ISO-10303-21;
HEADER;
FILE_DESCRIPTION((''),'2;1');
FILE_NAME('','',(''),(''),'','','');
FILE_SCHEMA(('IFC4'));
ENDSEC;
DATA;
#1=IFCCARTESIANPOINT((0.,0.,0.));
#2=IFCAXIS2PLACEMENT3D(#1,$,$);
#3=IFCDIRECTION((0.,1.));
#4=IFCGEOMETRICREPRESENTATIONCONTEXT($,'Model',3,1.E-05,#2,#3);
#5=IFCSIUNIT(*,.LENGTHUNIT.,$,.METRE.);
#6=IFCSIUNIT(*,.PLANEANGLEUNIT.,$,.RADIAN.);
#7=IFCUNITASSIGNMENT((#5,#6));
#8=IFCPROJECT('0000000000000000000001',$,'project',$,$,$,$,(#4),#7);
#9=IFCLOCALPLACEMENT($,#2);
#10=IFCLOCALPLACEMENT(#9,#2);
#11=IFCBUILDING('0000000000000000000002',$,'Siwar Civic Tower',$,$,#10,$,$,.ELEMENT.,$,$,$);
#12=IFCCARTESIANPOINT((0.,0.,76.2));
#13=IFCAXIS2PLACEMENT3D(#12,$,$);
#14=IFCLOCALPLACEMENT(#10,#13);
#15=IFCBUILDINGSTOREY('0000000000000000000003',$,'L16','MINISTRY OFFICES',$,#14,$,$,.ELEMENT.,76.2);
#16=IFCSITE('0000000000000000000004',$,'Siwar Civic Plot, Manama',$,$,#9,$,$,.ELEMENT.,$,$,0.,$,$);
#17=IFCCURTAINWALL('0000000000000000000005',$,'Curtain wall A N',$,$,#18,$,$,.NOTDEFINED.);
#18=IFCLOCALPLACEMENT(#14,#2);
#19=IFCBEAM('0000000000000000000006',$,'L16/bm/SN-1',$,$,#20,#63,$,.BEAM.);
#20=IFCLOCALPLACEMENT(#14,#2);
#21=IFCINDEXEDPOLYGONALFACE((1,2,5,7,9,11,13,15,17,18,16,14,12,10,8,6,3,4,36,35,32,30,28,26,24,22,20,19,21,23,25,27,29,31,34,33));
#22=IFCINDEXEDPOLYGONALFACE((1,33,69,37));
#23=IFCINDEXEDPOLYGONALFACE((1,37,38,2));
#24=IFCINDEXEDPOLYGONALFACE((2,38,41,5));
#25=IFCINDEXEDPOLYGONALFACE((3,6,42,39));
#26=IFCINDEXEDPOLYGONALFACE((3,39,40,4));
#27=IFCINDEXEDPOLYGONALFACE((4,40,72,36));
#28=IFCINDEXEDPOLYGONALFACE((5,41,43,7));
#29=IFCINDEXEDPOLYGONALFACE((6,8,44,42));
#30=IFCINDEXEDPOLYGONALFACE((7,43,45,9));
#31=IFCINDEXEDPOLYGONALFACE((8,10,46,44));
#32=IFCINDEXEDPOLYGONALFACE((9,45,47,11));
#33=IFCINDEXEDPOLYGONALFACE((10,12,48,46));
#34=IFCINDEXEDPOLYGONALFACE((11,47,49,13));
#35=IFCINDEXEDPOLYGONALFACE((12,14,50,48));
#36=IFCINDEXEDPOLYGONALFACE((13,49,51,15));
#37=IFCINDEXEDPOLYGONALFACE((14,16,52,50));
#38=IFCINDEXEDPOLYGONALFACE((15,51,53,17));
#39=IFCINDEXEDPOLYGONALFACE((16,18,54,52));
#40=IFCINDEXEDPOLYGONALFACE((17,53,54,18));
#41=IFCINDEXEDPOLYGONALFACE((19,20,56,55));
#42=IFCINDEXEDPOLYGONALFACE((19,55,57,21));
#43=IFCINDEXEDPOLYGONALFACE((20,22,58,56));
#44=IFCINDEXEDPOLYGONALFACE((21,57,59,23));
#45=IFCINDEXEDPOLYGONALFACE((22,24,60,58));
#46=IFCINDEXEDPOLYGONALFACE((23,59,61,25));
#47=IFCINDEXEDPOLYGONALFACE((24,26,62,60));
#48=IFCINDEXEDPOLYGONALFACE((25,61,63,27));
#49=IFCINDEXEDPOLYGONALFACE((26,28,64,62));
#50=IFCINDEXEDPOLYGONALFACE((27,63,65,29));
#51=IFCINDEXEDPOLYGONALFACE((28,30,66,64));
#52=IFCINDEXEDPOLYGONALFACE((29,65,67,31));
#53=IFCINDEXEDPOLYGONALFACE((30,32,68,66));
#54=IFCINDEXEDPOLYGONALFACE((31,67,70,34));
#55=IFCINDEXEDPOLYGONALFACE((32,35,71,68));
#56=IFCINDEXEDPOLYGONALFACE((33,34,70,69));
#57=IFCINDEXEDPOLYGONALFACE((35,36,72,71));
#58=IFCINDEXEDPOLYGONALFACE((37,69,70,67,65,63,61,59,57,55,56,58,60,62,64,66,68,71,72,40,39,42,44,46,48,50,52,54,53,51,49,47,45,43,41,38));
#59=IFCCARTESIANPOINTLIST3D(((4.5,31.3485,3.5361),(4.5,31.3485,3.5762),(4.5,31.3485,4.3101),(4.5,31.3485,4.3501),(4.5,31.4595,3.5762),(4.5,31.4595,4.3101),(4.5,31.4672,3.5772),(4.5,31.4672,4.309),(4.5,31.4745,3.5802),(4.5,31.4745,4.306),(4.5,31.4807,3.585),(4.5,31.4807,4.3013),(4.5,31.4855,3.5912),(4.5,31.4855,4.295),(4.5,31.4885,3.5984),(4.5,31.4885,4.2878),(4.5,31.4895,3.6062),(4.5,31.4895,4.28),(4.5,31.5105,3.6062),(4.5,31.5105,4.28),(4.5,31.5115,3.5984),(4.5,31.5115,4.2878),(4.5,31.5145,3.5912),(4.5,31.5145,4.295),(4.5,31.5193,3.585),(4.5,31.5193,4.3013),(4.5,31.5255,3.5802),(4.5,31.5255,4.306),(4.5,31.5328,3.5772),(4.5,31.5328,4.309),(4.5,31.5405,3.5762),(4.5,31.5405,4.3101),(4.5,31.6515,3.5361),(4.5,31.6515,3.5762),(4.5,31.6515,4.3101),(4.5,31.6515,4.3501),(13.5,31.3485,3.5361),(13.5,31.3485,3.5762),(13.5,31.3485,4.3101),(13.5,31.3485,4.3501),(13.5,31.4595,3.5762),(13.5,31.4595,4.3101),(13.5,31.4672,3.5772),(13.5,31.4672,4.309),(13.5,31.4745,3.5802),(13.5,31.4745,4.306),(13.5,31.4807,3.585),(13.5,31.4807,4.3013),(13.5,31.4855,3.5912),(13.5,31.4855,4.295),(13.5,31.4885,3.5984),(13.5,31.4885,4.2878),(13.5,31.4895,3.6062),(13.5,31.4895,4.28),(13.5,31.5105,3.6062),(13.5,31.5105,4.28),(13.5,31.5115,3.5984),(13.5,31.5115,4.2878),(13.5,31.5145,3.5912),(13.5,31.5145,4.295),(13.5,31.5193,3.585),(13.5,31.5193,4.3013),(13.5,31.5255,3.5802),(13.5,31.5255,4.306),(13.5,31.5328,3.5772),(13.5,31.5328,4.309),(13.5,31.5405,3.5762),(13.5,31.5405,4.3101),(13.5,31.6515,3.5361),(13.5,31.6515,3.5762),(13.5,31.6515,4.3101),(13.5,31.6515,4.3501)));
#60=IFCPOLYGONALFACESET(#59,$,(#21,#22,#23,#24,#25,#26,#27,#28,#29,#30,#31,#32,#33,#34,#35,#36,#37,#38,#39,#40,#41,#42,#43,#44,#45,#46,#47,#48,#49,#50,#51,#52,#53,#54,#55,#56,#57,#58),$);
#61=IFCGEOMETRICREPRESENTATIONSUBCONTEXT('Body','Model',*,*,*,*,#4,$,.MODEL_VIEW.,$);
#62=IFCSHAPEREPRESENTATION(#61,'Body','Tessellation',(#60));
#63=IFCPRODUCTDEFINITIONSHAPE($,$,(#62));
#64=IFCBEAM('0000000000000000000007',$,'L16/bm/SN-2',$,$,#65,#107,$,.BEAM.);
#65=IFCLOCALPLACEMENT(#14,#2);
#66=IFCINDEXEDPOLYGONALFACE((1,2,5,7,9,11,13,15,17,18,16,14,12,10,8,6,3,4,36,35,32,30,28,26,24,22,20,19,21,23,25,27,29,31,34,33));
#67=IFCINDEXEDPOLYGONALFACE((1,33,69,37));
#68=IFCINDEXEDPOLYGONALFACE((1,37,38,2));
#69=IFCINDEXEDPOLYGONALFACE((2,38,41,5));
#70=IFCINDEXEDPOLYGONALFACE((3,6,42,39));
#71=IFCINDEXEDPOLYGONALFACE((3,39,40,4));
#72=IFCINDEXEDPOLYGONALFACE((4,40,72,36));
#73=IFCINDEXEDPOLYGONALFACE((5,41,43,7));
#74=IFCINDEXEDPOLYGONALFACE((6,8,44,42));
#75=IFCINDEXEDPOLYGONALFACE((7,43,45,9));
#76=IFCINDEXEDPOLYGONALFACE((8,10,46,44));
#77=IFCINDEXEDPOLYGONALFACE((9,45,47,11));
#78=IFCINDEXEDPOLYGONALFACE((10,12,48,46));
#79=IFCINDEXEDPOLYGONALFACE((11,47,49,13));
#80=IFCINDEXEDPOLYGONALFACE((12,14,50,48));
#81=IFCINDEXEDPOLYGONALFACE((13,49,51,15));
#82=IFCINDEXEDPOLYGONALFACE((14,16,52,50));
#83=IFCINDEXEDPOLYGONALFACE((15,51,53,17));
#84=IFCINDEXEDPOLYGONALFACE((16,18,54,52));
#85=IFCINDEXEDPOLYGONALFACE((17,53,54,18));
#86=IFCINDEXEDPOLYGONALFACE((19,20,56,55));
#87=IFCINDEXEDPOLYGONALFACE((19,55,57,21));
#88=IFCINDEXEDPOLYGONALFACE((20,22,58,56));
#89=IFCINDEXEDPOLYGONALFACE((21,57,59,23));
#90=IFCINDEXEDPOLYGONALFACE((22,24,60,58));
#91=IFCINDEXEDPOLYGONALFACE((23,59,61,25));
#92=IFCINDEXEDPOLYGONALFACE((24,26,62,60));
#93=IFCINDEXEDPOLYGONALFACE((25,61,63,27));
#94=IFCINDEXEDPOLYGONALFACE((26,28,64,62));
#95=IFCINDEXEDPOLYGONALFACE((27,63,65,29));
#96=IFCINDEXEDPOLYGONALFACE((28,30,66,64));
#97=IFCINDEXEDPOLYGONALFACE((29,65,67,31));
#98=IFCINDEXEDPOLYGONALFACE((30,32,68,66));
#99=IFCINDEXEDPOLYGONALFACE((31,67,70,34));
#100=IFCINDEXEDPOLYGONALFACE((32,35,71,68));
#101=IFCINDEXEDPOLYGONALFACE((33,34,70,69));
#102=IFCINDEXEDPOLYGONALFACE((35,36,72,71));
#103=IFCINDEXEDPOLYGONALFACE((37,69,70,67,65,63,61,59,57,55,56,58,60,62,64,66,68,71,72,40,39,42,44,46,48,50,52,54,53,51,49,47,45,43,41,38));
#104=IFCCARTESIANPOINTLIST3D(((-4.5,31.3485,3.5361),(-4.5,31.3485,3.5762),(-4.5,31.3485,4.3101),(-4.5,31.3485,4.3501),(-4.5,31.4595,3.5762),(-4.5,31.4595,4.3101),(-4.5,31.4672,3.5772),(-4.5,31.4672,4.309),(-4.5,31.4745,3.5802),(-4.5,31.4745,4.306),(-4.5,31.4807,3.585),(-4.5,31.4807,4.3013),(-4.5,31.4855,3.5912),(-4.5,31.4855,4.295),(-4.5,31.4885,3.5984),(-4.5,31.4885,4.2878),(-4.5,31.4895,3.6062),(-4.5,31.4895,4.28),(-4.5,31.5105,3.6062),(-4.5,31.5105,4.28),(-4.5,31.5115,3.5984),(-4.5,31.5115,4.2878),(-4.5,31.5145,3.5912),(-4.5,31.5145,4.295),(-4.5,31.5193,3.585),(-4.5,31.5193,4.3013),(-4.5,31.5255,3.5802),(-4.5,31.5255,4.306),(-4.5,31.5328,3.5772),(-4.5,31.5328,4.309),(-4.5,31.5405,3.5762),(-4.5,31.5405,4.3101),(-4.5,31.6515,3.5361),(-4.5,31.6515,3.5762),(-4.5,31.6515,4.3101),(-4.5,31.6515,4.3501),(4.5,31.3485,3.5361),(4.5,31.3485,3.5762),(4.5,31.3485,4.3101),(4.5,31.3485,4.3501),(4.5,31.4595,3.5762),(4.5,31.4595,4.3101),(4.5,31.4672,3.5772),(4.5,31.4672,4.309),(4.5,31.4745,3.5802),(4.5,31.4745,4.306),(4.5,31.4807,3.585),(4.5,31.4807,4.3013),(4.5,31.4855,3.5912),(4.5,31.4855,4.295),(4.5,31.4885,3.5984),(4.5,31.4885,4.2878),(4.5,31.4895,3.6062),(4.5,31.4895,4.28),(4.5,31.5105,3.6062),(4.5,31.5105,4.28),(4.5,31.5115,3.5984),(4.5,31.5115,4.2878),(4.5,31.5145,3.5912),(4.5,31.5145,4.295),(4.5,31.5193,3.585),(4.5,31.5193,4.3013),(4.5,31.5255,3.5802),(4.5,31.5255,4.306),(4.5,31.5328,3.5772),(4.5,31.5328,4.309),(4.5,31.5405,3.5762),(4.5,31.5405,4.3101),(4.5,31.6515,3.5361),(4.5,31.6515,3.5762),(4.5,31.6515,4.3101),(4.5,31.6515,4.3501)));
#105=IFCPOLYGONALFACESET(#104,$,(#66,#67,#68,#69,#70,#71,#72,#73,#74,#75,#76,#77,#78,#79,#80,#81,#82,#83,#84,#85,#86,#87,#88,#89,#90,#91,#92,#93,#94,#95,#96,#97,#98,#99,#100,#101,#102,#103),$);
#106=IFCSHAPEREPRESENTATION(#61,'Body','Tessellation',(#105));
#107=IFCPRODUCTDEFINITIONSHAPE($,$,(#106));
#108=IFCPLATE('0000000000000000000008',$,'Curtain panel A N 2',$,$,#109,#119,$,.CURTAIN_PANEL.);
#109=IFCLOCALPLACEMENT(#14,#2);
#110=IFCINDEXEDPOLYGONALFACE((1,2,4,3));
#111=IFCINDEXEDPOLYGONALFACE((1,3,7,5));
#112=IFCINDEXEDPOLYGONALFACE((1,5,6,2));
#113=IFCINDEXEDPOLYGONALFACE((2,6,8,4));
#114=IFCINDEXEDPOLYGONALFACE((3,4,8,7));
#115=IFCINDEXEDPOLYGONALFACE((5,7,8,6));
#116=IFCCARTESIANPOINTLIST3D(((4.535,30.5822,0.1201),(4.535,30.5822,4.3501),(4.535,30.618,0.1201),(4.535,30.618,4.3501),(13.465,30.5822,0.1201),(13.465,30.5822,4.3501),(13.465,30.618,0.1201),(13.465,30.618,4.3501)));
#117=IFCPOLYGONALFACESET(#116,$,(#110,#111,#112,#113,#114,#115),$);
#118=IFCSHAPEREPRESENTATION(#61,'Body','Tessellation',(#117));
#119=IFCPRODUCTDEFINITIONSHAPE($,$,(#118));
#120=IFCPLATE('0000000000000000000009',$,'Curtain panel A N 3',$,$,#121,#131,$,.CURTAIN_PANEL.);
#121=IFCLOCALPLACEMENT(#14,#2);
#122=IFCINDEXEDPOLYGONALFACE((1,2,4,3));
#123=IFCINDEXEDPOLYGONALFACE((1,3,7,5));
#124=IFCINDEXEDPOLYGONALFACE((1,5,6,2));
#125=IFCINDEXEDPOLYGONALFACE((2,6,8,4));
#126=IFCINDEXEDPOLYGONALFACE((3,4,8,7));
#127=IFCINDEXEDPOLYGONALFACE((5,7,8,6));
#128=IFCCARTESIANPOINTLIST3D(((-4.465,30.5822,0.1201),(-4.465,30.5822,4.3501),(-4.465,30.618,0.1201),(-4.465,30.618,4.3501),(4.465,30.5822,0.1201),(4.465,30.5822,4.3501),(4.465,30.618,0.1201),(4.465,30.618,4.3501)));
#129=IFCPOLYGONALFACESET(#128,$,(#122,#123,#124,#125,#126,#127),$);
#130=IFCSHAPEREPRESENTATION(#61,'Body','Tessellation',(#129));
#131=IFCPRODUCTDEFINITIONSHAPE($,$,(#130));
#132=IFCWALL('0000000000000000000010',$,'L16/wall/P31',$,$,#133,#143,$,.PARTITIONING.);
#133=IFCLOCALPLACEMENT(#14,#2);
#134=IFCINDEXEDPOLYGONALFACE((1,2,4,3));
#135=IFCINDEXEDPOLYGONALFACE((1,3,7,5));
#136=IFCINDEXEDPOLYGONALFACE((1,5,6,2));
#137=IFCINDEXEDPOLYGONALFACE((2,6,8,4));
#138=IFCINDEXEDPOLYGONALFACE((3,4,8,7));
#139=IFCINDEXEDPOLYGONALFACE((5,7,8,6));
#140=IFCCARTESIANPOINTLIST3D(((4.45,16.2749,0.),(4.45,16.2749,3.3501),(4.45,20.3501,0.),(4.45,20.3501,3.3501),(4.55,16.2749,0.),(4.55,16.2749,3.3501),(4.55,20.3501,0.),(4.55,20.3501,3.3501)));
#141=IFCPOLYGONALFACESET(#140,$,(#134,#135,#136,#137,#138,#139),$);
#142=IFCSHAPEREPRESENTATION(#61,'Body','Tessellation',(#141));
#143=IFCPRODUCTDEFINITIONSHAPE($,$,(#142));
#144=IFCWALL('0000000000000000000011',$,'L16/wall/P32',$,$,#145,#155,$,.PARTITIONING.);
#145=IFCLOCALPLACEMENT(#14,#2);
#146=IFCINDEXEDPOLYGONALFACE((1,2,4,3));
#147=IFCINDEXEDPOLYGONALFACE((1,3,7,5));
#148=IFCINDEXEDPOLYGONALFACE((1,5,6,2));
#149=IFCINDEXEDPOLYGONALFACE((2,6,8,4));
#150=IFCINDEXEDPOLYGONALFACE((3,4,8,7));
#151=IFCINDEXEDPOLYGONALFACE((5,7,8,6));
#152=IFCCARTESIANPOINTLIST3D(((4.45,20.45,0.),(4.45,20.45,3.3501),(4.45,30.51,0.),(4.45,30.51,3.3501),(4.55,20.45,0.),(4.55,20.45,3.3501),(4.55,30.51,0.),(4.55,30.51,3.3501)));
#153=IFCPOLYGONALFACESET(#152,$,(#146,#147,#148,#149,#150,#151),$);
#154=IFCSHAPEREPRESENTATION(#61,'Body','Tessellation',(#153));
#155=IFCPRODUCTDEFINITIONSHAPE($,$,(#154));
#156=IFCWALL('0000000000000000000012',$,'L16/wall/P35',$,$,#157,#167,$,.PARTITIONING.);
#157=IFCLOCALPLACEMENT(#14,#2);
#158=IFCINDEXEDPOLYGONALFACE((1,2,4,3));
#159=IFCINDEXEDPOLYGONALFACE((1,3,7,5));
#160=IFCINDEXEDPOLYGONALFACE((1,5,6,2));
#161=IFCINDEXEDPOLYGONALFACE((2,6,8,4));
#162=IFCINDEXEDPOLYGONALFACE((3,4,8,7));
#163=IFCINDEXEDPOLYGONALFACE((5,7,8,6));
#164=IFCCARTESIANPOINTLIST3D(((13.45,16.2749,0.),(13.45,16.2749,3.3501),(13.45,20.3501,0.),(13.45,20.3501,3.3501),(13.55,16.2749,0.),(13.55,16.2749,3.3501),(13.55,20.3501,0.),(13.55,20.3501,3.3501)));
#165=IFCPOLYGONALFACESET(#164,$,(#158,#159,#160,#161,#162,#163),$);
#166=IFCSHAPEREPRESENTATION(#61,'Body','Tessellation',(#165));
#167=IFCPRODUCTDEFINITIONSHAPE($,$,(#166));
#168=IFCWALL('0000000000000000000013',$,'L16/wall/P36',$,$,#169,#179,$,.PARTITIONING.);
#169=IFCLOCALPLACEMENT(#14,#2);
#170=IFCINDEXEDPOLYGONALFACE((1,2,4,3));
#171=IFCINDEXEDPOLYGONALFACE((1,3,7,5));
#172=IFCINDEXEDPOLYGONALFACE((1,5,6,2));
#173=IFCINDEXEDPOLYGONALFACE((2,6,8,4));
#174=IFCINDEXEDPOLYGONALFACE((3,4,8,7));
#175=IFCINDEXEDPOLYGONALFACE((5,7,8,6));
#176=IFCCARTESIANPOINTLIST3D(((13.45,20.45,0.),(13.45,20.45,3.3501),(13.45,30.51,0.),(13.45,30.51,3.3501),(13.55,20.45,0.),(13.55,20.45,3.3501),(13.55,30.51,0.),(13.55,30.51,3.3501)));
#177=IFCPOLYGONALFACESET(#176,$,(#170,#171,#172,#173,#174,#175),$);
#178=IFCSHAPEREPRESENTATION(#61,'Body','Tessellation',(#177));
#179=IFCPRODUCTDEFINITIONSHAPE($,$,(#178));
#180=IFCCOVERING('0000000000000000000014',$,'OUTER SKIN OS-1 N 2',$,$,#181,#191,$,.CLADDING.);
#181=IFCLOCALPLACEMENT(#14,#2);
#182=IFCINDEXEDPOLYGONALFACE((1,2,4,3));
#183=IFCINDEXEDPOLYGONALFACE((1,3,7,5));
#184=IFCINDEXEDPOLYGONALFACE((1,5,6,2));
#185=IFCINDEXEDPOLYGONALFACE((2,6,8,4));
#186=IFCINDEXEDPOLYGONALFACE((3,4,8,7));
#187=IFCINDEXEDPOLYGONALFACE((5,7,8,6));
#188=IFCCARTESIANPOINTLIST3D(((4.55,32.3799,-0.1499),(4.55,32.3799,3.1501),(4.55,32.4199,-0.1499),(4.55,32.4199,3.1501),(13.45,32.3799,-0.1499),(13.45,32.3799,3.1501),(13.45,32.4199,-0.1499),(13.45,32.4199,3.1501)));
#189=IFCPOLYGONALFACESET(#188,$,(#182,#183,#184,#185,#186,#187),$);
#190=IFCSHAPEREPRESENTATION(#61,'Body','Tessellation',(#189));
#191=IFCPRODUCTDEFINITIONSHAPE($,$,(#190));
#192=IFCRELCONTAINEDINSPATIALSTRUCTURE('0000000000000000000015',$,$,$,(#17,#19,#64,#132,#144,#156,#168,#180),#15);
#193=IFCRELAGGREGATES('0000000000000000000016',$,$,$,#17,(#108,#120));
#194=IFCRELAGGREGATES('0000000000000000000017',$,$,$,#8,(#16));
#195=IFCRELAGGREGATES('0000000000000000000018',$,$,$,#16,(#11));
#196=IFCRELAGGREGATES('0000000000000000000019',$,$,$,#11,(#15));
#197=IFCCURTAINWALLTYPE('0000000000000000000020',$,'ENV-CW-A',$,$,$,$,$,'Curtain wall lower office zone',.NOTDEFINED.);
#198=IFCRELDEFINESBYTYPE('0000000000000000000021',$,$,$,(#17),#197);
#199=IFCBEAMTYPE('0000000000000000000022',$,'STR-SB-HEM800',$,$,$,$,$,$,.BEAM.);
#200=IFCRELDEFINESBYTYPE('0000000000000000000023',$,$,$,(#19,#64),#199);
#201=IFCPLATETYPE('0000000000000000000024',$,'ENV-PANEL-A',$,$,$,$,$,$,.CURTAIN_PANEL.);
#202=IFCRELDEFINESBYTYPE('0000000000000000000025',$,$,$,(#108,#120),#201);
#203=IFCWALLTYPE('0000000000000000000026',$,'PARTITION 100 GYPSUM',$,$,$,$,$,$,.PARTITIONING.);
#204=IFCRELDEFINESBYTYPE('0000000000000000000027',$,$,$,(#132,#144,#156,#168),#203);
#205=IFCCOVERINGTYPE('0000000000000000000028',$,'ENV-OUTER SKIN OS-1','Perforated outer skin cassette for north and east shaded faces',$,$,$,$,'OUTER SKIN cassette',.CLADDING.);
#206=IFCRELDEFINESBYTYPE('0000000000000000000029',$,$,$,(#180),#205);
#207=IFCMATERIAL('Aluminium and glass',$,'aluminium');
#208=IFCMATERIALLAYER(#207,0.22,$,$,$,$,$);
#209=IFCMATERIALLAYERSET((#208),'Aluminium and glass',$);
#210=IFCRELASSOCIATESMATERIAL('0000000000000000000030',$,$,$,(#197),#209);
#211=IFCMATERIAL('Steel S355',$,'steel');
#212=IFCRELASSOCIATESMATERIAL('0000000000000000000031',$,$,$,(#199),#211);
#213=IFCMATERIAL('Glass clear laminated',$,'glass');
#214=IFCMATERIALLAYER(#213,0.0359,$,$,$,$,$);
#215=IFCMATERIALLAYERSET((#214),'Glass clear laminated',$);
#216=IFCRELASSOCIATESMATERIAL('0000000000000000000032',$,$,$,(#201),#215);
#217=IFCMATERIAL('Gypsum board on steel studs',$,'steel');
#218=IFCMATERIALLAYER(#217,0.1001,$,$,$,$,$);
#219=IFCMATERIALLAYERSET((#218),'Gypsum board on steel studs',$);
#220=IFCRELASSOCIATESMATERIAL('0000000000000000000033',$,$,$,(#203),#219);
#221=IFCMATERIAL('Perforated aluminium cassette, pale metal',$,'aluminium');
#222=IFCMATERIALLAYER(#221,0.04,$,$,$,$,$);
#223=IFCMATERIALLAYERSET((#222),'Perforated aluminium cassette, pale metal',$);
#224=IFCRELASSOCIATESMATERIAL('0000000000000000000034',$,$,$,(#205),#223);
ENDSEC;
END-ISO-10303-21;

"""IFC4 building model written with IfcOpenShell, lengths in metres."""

from ifc_helpers import new_model, si_unit, direction, frame, frame_2d, origin, origin_2d, place, context, subcontext, project, spatial, rectangle, i_section, extrude, material, layer, layer_set, material_profile, profile_set, type_object, element, aggregate, save


model = new_model("IFC4")

# Units and contexts
model_context = context("Model", 3, precision=1e-05, world=origin(), true_north=direction((0.0, 1.0)))
body_context = subcontext(model_context, "Body", "Model", "MODEL_VIEW")
ifc_project = project(units=[si_unit("LENGTHUNIT", "METRE"), si_unit("PLANEANGLEUNIT", "RADIAN")], contexts=[model_context])

# Site, building, storey
site_placement = place(None, origin())
site = spatial("IfcSite", under=ifc_project, at=site_placement, Name="Siwar Civic Plot, Manama", CompositionType="ELEMENT", RefElevation=0.0)
building_placement = place(site_placement, origin())
building = spatial("IfcBuilding", under=site, at=building_placement, Name="Siwar Civic Tower", CompositionType="ELEMENT")
storey_placement = place(building_placement, frame((0.0, 0.0, 76.2)))
storey = spatial("IfcBuildingStorey", under=building, at=storey_placement, Name="L16", Description="MINISTRY OFFICES", CompositionType="ELEMENT", Elevation=76.2)

# Curtain wall
ifc_material_1 = material(Name="Aluminium and glass", Category="aluminium")
ifc_layer_1 = layer(ifc_material_1, 0.22)
ifc_layer_set_1 = layer_set([ifc_layer_1], Name="Aluminium and glass")
curtain_wall_type = type_object("IfcCurtainWallType", Name="ENV-CW-A", ElementType="Curtain wall lower office zone", PredefinedType="NOTDEFINED", material=ifc_layer_set_1)
curtain_wall_placement = place(storey_placement, origin())
curtain_wall = element("IfcCurtainWall", 1, at=curtain_wall_placement, inside=storey, type_object=curtain_wall_type, Name="Curtain wall A N", PredefinedType="NOTDEFINED")

# Beams
ifc_material_2 = material(Name="Steel S355", Category="steel")
ifc_material_profile_1 = material_profile(ifc_material_2, i_section(OverallWidth=0.303, OverallDepth=0.814, WebThickness=0.021, FlangeThickness=0.04, FilletRadius=0.03, at=origin_2d()), Name="HEM800")
ifc_profile_set_1 = profile_set([ifc_material_profile_1], Name="Steel S355")
beam_type_1 = type_object("IfcBeamType", Name="STR-SB-HEM800", PredefinedType="BEAM", material=ifc_profile_set_1)
for number, where, z_axis, x_axis, name in (
    (2, (13.5, 31.5, 3.9431), (-1.0, 0.0, 0.0), (0.0, -1.0, 0.0), "L16/bm/SN-1"),
    (3, (4.5, 31.5, 3.9431), (-1.0, 0.0, 0.0), (0.0, -1.0, 0.0), "L16/bm/SN-2"),
):
    element("IfcBeam", number, at=place(storey_placement, frame(where, z_axis=z_axis, x_axis=x_axis)), inside=storey, type_object=beam_type_1, Name=name, PredefinedType="BEAM", context=body_context, shape_type="SweptSolid", body=[
        extrude(i_section(OverallWidth=0.303, OverallDepth=0.814, WebThickness=0.021, FlangeThickness=0.04, FilletRadius=0.03, at=origin_2d()), origin(), (0.0, 0.0, 1.0), 9.0),
    ])

# Plates
ifc_material_3 = material(Name="Glass clear laminated", Category="glass")
ifc_layer_2 = layer(ifc_material_3, 0.0359)
ifc_layer_set_2 = layer_set([ifc_layer_2], Name="Glass clear laminated")
plate_type = type_object("IfcPlateType", Name="ENV-PANEL-A", PredefinedType="CURTAIN_PANEL", material=ifc_layer_set_2)
plate_1_placement = place(storey_placement, frame((9.0, 30.6001, 0.1201), z_axis=(0.0, 0.0, 1.0), x_axis=(-1.0, 0.0, 0.0)))
plate_1 = element("IfcPlate", 4, at=plate_1_placement, type_object=plate_type, Name="Curtain panel A N 2", PredefinedType="CURTAIN_PANEL", context=body_context, shape_type="SweptSolid", body=[
    extrude(rectangle(XDim=8.9299, YDim=0.0359, at=origin_2d()), origin(), (0.0, 0.0, 1.0), 4.23),
])
plate_2_placement = place(storey_placement, frame((0.0, 30.6001, 0.1201), z_axis=(0.0, 0.0, 1.0), x_axis=(-1.0, 0.0, 0.0)))
plate_2 = element("IfcPlate", 5, at=plate_2_placement, type_object=plate_type, Name="Curtain panel A N 3", PredefinedType="CURTAIN_PANEL", context=body_context, shape_type="SweptSolid", body=[
    extrude(rectangle(XDim=8.9299, YDim=0.0359, at=origin_2d()), origin(), (0.0, 0.0, 1.0), 4.23),
])
aggregate(curtain_wall, [plate_1, plate_2])

# Walls
ifc_material_4 = material(Name="Gypsum board on steel studs", Category="steel")
ifc_layer_3 = layer(ifc_material_4, 0.1001)
ifc_layer_set_3 = layer_set([ifc_layer_3], Name="Gypsum board on steel studs")
wall_type = type_object("IfcWallType", Name="PARTITION 100 GYPSUM", PredefinedType="PARTITIONING", material=ifc_layer_set_3)
wall_1_placement = place(storey_placement, frame((4.5, 16.2749, 0.0), z_axis=(0.0, 0.0, 1.0), x_axis=(0.0, 1.0, 0.0)))
element("IfcWall", 6, at=wall_1_placement, inside=storey, type_object=wall_type, Name="L16/wall/P31", PredefinedType="PARTITIONING", context=body_context, shape_type="SweptSolid", body=[
    extrude(rectangle(XDim=4.0752, YDim=0.1001, at=frame_2d((2.0376, 0.0))), origin(), (0.0, 0.0, 1.0), 3.3501),
])
wall_2_placement = place(storey_placement, frame((4.5, 20.45, 0.0), z_axis=(0.0, 0.0, 1.0), x_axis=(0.0, 1.0, 0.0)))
element("IfcWall", 7, at=wall_2_placement, inside=storey, type_object=wall_type, Name="L16/wall/P32", PredefinedType="PARTITIONING", context=body_context, shape_type="SweptSolid", body=[
    extrude(rectangle(XDim=10.0601, YDim=0.1001, at=frame_2d((5.03, 0.0))), origin(), (0.0, 0.0, 1.0), 3.3501),
])
wall_3_placement = place(storey_placement, frame((13.5, 16.2749, 0.0), z_axis=(0.0, 0.0, 1.0), x_axis=(0.0, 1.0, 0.0)))
element("IfcWall", 8, at=wall_3_placement, inside=storey, type_object=wall_type, Name="L16/wall/P35", PredefinedType="PARTITIONING", context=body_context, shape_type="SweptSolid", body=[
    extrude(rectangle(XDim=4.0752, YDim=0.1001, at=frame_2d((2.0376, 0.0))), origin(), (0.0, 0.0, 1.0), 3.3501),
])
wall_4_placement = place(storey_placement, frame((13.5, 20.45, 0.0), z_axis=(0.0, 0.0, 1.0), x_axis=(0.0, 1.0, 0.0)))
element("IfcWall", 9, at=wall_4_placement, inside=storey, type_object=wall_type, Name="L16/wall/P36", PredefinedType="PARTITIONING", context=body_context, shape_type="SweptSolid", body=[
    extrude(rectangle(XDim=10.0601, YDim=0.1001, at=frame_2d((5.03, 0.0))), origin(), (0.0, 0.0, 1.0), 3.3501),
])

# Covering
ifc_material_5 = material(Name="Perforated aluminium cassette, pale metal", Category="aluminium")
ifc_layer_4 = layer(ifc_material_5, 0.04)
ifc_layer_set_4 = layer_set([ifc_layer_4], Name="Perforated aluminium cassette, pale metal")
covering_type = type_object("IfcCoveringType", Name="ENV-OUTER SKIN OS-1", Description="Perforated outer skin cassette for north and east shaded faces", ElementType="OUTER SKIN cassette", PredefinedType="CLADDING", material=ifc_layer_set_4)
for number, where, z_axis, x_axis, name in (
    (10, (9.0, 32.3999, -0.1499), (0.0, 0.0, 1.0), (-1.0, 0.0, 0.0), "OUTER SKIN OS-1 N 2"),
):
    element("IfcCovering", number, at=place(storey_placement, frame(where, z_axis=z_axis, x_axis=x_axis)), inside=storey, type_object=covering_type, Name=name, PredefinedType="CLADDING", context=body_context, shape_type="SweptSolid", body=[
        extrude(rectangle(XDim=8.8999, YDim=0.04, at=origin_2d()), origin(), (0.0, 0.0, 1.0), 3.3),
    ])

save(model, "model.ifc")
